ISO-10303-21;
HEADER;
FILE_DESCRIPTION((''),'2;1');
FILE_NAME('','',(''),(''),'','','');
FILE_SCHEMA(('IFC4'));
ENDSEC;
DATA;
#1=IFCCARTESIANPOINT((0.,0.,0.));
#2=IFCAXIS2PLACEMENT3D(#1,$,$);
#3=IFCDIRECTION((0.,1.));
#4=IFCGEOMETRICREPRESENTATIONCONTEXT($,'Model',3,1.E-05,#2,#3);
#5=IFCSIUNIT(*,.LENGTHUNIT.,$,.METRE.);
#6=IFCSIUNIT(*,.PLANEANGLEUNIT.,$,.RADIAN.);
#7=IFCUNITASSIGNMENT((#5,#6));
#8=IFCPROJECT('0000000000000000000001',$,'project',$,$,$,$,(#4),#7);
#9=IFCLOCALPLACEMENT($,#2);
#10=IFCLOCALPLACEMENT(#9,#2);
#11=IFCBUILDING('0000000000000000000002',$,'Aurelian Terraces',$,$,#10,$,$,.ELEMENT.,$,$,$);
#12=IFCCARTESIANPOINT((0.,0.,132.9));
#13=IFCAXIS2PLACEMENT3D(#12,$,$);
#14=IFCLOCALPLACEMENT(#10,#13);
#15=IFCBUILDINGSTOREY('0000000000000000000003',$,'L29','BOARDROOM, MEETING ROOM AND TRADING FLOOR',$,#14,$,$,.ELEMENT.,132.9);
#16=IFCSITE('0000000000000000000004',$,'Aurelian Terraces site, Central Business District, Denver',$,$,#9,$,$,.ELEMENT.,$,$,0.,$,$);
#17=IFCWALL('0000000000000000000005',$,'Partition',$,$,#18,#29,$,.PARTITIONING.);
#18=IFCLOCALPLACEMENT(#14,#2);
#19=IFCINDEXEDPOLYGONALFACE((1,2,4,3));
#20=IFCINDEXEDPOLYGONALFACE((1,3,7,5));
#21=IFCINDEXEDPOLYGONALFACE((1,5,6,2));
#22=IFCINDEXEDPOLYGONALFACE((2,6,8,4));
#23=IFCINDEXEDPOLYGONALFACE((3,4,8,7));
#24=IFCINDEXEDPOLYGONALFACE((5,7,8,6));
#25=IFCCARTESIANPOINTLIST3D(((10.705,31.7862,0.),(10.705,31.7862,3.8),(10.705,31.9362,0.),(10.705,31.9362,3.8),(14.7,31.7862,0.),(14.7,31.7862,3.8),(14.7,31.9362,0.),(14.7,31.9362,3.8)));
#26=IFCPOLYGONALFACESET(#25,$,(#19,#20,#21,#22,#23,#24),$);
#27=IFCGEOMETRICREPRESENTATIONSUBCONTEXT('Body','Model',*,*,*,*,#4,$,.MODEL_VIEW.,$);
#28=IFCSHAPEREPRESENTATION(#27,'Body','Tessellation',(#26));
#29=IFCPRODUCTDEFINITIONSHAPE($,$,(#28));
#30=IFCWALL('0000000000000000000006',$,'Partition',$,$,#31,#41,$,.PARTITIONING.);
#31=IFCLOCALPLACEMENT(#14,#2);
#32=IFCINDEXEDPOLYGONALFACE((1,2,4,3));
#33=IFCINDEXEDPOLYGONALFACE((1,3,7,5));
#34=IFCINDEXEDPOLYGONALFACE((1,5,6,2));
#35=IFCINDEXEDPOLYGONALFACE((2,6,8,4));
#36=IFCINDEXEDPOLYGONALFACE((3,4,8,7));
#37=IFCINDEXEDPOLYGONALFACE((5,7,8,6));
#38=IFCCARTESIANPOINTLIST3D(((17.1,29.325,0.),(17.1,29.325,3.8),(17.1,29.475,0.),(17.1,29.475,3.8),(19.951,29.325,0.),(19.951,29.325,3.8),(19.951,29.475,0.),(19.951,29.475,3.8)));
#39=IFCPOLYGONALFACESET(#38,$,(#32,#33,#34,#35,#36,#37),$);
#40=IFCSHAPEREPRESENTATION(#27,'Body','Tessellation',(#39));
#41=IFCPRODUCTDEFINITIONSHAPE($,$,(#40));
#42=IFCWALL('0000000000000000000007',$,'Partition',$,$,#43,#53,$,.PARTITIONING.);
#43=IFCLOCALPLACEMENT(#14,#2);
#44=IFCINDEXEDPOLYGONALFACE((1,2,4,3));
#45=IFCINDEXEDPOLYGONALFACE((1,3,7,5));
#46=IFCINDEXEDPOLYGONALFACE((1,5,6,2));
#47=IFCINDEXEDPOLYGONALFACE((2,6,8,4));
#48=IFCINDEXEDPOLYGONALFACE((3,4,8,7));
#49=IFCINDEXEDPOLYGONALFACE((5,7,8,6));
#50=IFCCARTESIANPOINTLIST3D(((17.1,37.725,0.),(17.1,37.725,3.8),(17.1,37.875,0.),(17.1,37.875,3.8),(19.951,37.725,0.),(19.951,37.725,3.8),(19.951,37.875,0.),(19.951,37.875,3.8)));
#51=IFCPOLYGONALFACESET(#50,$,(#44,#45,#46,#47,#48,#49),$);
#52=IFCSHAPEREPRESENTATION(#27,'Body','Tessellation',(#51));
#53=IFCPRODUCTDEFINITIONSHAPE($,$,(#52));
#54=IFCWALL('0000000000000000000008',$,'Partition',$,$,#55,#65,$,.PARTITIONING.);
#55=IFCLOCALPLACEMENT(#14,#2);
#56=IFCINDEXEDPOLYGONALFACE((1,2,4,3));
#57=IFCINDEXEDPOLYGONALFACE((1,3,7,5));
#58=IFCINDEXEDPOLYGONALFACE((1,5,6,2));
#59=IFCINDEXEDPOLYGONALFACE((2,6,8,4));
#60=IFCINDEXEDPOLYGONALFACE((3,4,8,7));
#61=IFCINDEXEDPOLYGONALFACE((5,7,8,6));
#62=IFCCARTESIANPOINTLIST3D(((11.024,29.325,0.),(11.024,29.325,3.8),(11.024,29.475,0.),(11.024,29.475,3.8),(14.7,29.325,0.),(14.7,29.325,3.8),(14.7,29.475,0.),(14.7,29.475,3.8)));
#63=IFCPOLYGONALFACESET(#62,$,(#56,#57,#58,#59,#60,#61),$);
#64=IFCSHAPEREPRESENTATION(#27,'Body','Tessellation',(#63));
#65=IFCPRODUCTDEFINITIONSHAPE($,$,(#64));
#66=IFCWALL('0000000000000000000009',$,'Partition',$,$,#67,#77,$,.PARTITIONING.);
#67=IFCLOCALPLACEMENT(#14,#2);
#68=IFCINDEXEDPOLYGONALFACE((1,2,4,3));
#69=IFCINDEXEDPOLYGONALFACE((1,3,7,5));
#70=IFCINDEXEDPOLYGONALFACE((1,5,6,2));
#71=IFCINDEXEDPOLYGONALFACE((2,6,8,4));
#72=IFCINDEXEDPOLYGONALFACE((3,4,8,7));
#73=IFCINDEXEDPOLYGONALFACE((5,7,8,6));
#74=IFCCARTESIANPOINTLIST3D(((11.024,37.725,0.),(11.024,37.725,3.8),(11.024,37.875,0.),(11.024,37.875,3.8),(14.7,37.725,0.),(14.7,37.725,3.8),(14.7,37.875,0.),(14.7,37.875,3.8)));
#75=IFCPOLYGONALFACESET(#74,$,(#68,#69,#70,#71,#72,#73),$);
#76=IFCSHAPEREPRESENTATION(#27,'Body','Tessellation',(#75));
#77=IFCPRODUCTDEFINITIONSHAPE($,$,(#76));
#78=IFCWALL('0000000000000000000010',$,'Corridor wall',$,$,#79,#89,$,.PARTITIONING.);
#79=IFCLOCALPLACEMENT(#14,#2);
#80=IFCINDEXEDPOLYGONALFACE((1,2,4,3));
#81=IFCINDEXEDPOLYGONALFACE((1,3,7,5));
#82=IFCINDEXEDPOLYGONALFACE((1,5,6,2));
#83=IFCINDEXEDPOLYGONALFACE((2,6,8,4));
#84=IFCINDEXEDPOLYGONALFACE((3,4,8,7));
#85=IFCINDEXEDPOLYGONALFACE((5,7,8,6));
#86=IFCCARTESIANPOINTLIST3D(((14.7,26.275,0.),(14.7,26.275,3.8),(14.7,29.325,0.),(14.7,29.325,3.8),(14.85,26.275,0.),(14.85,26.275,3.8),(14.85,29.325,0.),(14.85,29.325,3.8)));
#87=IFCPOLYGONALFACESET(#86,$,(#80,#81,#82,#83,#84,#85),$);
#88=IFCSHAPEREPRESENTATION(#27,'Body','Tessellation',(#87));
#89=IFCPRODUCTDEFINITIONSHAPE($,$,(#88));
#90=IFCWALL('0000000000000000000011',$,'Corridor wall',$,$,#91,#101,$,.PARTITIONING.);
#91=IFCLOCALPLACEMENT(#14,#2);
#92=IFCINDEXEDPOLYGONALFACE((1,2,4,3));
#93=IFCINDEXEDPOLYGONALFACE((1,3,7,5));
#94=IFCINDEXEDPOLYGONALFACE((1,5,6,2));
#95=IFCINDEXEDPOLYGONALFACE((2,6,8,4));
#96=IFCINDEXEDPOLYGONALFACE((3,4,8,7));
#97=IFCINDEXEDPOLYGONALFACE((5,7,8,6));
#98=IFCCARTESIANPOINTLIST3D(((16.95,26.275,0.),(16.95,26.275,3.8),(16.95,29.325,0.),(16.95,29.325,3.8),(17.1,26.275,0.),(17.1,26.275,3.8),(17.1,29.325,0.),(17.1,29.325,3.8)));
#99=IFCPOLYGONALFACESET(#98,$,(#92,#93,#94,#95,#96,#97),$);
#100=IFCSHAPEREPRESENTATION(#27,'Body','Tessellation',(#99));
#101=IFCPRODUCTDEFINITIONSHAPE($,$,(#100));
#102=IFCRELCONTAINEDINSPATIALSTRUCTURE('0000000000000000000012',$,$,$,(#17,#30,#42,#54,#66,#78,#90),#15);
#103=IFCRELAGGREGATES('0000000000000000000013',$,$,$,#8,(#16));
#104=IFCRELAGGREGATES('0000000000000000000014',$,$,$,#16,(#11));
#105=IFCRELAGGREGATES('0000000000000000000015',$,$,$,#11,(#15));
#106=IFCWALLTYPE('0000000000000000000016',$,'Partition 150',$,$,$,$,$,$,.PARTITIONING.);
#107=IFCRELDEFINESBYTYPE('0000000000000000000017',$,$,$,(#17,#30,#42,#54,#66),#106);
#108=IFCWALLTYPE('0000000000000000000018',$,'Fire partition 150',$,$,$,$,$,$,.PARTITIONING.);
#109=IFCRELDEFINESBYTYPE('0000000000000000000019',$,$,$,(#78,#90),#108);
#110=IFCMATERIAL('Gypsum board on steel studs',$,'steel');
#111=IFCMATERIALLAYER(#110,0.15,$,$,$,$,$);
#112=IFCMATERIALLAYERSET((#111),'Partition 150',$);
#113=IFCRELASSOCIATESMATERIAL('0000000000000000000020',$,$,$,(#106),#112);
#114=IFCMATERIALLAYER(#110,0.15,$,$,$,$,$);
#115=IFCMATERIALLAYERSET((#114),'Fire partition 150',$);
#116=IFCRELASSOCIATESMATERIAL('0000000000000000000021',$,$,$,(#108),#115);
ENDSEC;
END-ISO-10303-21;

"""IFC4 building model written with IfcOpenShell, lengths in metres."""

from ifc_helpers import new_model, si_unit, direction, frame, frame_2d, origin, place, context, subcontext, project, spatial, rectangle, extrude, source, transform, mapped, material, layer, layer_set, type_object, element, save


model = new_model("IFC4")

# Units and contexts
model_context = context("Model", 3, precision=1e-05, world=origin(), true_north=direction((0.0, 1.0)))
body_context = subcontext(model_context, "Body", "Model", "MODEL_VIEW")
ifc_project = project(units=[si_unit("LENGTHUNIT", "METRE"), si_unit("PLANEANGLEUNIT", "RADIAN")], contexts=[model_context])

# Site, building, storey
site_placement = place(None, origin())
site = spatial("IfcSite", under=ifc_project, at=site_placement, Name="Aurelian Terraces site, Central Business District, Denver", CompositionType="ELEMENT", RefElevation=0.0)
building_placement = place(site_placement, origin())
building = spatial("IfcBuilding", under=site, at=building_placement, Name="Aurelian Terraces", CompositionType="ELEMENT")
storey_placement = place(building_placement, frame((0.0, 0.0, 132.9)))
storey = spatial("IfcBuildingStorey", under=building, at=storey_placement, Name="L29", Description="BOARDROOM, MEETING ROOM AND TRADING FLOOR", CompositionType="ELEMENT", Elevation=132.9)

# Shared definitions
ifc_material_1 = material(Name="Gypsum board on steel studs", Category="steel")
ifc_layer_1 = layer(ifc_material_1, 0.15)
ifc_layer_set_1 = layer_set([ifc_layer_1], Name="Partition 150")
wall_type_1 = type_object("IfcWallType", Name="Partition 150", PredefinedType="PARTITIONING", material=ifc_layer_set_1)

# Shared definitions
ifc_layer_2 = layer(ifc_material_1, 0.15)
ifc_layer_set_2 = layer_set([ifc_layer_2], Name="Fire partition 150")
wall_type_2 = type_object("IfcWallType", Name="Fire partition 150", PredefinedType="PARTITIONING", material=ifc_layer_set_2)

# Walls
shared_shape_1 = source(origin(), body_context, "Body", "SweptSolid", [
    extrude(rectangle(XDim=3.995, YDim=0.15, at=frame_2d((1.9975, 0.0))), origin(), (0.0, 0.0, 1.0), 3.8),
])
wall_1_placement = place(storey_placement, frame((14.7, 31.8612, 0.0), z_axis=(0.0, 0.0, 1.0), x_axis=(-1.0, 0.0, 0.0)))
element("IfcWall", 1, at=wall_1_placement, inside=storey, type_object=wall_type_1, Name="Partition", PredefinedType="PARTITIONING", context=body_context, shape_type="MappedRepresentation", body=[
    mapped(shared_shape_1, transform((0.0, 0.0, 0.0), scale=1.0)),
])
shared_shape_2 = source(origin(), body_context, "Body", "SweptSolid", [
    extrude(rectangle(XDim=2.851, YDim=0.15, at=frame_2d((1.4255, 0.0))), origin(), (0.0, 0.0, 1.0), 3.8),
])
for number, where, z_axis, x_axis, name in (
    (2, (19.951, 29.4, 0.0), (0.0, 0.0, 1.0), (-1.0, 0.0, 0.0), "Partition"),
    (3, (19.951, 37.8, 0.0), (0.0, 0.0, 1.0), (-1.0, 0.0, 0.0), "Partition"),
):
    element("IfcWall", number, at=place(storey_placement, frame(where, z_axis=z_axis, x_axis=x_axis)), inside=storey, type_object=wall_type_1, Name=name, PredefinedType="PARTITIONING", context=body_context, shape_type="MappedRepresentation", body=[
        mapped(shared_shape_2, transform((0.0, 0.0, 0.0), scale=1.0)),
    ])
shared_shape_3 = source(origin(), body_context, "Body", "SweptSolid", [
    extrude(rectangle(XDim=3.676, YDim=0.15, at=frame_2d((1.838, 0.0))), origin(), (0.0, 0.0, 1.0), 3.8),
])
for number, where, z_axis, x_axis, name in (
    (4, (14.7, 29.4, 0.0), (0.0, 0.0, 1.0), (-1.0, 0.0, 0.0), "Partition"),
    (5, (14.7, 37.8, 0.0), (0.0, 0.0, 1.0), (-1.0, 0.0, 0.0), "Partition"),
):
    element("IfcWall", number, at=place(storey_placement, frame(where, z_axis=z_axis, x_axis=x_axis)), inside=storey, type_object=wall_type_1, Name=name, PredefinedType="PARTITIONING", context=body_context, shape_type="MappedRepresentation", body=[
        mapped(shared_shape_3, transform((0.0, 0.0, 0.0), scale=1.0)),
    ])
shared_shape_4 = source(origin(), body_context, "Body", "SweptSolid", [
    extrude(rectangle(XDim=3.05, YDim=0.15, at=frame_2d((1.525, 0.0))), origin(), (0.0, 0.0, 1.0), 3.8),
])
for number, where, z_axis, x_axis, name in (
    (6, (14.775, 26.275, 0.0), (0.0, 0.0, 1.0), (0.0, 1.0, 0.0), "Corridor wall"),
    (7, (17.025, 29.325, 0.0), (0.0, 0.0, 1.0), (0.0, -1.0, 0.0), "Corridor wall"),
):
    element("IfcWall", number, at=place(storey_placement, frame(where, z_axis=z_axis, x_axis=x_axis)), inside=storey, type_object=wall_type_2, Name=name, PredefinedType="PARTITIONING", context=body_context, shape_type="MappedRepresentation", body=[
        mapped(shared_shape_4, transform((0.0, 0.0, 0.0), scale=1.0)),
    ])

save(model, "model.ifc")
